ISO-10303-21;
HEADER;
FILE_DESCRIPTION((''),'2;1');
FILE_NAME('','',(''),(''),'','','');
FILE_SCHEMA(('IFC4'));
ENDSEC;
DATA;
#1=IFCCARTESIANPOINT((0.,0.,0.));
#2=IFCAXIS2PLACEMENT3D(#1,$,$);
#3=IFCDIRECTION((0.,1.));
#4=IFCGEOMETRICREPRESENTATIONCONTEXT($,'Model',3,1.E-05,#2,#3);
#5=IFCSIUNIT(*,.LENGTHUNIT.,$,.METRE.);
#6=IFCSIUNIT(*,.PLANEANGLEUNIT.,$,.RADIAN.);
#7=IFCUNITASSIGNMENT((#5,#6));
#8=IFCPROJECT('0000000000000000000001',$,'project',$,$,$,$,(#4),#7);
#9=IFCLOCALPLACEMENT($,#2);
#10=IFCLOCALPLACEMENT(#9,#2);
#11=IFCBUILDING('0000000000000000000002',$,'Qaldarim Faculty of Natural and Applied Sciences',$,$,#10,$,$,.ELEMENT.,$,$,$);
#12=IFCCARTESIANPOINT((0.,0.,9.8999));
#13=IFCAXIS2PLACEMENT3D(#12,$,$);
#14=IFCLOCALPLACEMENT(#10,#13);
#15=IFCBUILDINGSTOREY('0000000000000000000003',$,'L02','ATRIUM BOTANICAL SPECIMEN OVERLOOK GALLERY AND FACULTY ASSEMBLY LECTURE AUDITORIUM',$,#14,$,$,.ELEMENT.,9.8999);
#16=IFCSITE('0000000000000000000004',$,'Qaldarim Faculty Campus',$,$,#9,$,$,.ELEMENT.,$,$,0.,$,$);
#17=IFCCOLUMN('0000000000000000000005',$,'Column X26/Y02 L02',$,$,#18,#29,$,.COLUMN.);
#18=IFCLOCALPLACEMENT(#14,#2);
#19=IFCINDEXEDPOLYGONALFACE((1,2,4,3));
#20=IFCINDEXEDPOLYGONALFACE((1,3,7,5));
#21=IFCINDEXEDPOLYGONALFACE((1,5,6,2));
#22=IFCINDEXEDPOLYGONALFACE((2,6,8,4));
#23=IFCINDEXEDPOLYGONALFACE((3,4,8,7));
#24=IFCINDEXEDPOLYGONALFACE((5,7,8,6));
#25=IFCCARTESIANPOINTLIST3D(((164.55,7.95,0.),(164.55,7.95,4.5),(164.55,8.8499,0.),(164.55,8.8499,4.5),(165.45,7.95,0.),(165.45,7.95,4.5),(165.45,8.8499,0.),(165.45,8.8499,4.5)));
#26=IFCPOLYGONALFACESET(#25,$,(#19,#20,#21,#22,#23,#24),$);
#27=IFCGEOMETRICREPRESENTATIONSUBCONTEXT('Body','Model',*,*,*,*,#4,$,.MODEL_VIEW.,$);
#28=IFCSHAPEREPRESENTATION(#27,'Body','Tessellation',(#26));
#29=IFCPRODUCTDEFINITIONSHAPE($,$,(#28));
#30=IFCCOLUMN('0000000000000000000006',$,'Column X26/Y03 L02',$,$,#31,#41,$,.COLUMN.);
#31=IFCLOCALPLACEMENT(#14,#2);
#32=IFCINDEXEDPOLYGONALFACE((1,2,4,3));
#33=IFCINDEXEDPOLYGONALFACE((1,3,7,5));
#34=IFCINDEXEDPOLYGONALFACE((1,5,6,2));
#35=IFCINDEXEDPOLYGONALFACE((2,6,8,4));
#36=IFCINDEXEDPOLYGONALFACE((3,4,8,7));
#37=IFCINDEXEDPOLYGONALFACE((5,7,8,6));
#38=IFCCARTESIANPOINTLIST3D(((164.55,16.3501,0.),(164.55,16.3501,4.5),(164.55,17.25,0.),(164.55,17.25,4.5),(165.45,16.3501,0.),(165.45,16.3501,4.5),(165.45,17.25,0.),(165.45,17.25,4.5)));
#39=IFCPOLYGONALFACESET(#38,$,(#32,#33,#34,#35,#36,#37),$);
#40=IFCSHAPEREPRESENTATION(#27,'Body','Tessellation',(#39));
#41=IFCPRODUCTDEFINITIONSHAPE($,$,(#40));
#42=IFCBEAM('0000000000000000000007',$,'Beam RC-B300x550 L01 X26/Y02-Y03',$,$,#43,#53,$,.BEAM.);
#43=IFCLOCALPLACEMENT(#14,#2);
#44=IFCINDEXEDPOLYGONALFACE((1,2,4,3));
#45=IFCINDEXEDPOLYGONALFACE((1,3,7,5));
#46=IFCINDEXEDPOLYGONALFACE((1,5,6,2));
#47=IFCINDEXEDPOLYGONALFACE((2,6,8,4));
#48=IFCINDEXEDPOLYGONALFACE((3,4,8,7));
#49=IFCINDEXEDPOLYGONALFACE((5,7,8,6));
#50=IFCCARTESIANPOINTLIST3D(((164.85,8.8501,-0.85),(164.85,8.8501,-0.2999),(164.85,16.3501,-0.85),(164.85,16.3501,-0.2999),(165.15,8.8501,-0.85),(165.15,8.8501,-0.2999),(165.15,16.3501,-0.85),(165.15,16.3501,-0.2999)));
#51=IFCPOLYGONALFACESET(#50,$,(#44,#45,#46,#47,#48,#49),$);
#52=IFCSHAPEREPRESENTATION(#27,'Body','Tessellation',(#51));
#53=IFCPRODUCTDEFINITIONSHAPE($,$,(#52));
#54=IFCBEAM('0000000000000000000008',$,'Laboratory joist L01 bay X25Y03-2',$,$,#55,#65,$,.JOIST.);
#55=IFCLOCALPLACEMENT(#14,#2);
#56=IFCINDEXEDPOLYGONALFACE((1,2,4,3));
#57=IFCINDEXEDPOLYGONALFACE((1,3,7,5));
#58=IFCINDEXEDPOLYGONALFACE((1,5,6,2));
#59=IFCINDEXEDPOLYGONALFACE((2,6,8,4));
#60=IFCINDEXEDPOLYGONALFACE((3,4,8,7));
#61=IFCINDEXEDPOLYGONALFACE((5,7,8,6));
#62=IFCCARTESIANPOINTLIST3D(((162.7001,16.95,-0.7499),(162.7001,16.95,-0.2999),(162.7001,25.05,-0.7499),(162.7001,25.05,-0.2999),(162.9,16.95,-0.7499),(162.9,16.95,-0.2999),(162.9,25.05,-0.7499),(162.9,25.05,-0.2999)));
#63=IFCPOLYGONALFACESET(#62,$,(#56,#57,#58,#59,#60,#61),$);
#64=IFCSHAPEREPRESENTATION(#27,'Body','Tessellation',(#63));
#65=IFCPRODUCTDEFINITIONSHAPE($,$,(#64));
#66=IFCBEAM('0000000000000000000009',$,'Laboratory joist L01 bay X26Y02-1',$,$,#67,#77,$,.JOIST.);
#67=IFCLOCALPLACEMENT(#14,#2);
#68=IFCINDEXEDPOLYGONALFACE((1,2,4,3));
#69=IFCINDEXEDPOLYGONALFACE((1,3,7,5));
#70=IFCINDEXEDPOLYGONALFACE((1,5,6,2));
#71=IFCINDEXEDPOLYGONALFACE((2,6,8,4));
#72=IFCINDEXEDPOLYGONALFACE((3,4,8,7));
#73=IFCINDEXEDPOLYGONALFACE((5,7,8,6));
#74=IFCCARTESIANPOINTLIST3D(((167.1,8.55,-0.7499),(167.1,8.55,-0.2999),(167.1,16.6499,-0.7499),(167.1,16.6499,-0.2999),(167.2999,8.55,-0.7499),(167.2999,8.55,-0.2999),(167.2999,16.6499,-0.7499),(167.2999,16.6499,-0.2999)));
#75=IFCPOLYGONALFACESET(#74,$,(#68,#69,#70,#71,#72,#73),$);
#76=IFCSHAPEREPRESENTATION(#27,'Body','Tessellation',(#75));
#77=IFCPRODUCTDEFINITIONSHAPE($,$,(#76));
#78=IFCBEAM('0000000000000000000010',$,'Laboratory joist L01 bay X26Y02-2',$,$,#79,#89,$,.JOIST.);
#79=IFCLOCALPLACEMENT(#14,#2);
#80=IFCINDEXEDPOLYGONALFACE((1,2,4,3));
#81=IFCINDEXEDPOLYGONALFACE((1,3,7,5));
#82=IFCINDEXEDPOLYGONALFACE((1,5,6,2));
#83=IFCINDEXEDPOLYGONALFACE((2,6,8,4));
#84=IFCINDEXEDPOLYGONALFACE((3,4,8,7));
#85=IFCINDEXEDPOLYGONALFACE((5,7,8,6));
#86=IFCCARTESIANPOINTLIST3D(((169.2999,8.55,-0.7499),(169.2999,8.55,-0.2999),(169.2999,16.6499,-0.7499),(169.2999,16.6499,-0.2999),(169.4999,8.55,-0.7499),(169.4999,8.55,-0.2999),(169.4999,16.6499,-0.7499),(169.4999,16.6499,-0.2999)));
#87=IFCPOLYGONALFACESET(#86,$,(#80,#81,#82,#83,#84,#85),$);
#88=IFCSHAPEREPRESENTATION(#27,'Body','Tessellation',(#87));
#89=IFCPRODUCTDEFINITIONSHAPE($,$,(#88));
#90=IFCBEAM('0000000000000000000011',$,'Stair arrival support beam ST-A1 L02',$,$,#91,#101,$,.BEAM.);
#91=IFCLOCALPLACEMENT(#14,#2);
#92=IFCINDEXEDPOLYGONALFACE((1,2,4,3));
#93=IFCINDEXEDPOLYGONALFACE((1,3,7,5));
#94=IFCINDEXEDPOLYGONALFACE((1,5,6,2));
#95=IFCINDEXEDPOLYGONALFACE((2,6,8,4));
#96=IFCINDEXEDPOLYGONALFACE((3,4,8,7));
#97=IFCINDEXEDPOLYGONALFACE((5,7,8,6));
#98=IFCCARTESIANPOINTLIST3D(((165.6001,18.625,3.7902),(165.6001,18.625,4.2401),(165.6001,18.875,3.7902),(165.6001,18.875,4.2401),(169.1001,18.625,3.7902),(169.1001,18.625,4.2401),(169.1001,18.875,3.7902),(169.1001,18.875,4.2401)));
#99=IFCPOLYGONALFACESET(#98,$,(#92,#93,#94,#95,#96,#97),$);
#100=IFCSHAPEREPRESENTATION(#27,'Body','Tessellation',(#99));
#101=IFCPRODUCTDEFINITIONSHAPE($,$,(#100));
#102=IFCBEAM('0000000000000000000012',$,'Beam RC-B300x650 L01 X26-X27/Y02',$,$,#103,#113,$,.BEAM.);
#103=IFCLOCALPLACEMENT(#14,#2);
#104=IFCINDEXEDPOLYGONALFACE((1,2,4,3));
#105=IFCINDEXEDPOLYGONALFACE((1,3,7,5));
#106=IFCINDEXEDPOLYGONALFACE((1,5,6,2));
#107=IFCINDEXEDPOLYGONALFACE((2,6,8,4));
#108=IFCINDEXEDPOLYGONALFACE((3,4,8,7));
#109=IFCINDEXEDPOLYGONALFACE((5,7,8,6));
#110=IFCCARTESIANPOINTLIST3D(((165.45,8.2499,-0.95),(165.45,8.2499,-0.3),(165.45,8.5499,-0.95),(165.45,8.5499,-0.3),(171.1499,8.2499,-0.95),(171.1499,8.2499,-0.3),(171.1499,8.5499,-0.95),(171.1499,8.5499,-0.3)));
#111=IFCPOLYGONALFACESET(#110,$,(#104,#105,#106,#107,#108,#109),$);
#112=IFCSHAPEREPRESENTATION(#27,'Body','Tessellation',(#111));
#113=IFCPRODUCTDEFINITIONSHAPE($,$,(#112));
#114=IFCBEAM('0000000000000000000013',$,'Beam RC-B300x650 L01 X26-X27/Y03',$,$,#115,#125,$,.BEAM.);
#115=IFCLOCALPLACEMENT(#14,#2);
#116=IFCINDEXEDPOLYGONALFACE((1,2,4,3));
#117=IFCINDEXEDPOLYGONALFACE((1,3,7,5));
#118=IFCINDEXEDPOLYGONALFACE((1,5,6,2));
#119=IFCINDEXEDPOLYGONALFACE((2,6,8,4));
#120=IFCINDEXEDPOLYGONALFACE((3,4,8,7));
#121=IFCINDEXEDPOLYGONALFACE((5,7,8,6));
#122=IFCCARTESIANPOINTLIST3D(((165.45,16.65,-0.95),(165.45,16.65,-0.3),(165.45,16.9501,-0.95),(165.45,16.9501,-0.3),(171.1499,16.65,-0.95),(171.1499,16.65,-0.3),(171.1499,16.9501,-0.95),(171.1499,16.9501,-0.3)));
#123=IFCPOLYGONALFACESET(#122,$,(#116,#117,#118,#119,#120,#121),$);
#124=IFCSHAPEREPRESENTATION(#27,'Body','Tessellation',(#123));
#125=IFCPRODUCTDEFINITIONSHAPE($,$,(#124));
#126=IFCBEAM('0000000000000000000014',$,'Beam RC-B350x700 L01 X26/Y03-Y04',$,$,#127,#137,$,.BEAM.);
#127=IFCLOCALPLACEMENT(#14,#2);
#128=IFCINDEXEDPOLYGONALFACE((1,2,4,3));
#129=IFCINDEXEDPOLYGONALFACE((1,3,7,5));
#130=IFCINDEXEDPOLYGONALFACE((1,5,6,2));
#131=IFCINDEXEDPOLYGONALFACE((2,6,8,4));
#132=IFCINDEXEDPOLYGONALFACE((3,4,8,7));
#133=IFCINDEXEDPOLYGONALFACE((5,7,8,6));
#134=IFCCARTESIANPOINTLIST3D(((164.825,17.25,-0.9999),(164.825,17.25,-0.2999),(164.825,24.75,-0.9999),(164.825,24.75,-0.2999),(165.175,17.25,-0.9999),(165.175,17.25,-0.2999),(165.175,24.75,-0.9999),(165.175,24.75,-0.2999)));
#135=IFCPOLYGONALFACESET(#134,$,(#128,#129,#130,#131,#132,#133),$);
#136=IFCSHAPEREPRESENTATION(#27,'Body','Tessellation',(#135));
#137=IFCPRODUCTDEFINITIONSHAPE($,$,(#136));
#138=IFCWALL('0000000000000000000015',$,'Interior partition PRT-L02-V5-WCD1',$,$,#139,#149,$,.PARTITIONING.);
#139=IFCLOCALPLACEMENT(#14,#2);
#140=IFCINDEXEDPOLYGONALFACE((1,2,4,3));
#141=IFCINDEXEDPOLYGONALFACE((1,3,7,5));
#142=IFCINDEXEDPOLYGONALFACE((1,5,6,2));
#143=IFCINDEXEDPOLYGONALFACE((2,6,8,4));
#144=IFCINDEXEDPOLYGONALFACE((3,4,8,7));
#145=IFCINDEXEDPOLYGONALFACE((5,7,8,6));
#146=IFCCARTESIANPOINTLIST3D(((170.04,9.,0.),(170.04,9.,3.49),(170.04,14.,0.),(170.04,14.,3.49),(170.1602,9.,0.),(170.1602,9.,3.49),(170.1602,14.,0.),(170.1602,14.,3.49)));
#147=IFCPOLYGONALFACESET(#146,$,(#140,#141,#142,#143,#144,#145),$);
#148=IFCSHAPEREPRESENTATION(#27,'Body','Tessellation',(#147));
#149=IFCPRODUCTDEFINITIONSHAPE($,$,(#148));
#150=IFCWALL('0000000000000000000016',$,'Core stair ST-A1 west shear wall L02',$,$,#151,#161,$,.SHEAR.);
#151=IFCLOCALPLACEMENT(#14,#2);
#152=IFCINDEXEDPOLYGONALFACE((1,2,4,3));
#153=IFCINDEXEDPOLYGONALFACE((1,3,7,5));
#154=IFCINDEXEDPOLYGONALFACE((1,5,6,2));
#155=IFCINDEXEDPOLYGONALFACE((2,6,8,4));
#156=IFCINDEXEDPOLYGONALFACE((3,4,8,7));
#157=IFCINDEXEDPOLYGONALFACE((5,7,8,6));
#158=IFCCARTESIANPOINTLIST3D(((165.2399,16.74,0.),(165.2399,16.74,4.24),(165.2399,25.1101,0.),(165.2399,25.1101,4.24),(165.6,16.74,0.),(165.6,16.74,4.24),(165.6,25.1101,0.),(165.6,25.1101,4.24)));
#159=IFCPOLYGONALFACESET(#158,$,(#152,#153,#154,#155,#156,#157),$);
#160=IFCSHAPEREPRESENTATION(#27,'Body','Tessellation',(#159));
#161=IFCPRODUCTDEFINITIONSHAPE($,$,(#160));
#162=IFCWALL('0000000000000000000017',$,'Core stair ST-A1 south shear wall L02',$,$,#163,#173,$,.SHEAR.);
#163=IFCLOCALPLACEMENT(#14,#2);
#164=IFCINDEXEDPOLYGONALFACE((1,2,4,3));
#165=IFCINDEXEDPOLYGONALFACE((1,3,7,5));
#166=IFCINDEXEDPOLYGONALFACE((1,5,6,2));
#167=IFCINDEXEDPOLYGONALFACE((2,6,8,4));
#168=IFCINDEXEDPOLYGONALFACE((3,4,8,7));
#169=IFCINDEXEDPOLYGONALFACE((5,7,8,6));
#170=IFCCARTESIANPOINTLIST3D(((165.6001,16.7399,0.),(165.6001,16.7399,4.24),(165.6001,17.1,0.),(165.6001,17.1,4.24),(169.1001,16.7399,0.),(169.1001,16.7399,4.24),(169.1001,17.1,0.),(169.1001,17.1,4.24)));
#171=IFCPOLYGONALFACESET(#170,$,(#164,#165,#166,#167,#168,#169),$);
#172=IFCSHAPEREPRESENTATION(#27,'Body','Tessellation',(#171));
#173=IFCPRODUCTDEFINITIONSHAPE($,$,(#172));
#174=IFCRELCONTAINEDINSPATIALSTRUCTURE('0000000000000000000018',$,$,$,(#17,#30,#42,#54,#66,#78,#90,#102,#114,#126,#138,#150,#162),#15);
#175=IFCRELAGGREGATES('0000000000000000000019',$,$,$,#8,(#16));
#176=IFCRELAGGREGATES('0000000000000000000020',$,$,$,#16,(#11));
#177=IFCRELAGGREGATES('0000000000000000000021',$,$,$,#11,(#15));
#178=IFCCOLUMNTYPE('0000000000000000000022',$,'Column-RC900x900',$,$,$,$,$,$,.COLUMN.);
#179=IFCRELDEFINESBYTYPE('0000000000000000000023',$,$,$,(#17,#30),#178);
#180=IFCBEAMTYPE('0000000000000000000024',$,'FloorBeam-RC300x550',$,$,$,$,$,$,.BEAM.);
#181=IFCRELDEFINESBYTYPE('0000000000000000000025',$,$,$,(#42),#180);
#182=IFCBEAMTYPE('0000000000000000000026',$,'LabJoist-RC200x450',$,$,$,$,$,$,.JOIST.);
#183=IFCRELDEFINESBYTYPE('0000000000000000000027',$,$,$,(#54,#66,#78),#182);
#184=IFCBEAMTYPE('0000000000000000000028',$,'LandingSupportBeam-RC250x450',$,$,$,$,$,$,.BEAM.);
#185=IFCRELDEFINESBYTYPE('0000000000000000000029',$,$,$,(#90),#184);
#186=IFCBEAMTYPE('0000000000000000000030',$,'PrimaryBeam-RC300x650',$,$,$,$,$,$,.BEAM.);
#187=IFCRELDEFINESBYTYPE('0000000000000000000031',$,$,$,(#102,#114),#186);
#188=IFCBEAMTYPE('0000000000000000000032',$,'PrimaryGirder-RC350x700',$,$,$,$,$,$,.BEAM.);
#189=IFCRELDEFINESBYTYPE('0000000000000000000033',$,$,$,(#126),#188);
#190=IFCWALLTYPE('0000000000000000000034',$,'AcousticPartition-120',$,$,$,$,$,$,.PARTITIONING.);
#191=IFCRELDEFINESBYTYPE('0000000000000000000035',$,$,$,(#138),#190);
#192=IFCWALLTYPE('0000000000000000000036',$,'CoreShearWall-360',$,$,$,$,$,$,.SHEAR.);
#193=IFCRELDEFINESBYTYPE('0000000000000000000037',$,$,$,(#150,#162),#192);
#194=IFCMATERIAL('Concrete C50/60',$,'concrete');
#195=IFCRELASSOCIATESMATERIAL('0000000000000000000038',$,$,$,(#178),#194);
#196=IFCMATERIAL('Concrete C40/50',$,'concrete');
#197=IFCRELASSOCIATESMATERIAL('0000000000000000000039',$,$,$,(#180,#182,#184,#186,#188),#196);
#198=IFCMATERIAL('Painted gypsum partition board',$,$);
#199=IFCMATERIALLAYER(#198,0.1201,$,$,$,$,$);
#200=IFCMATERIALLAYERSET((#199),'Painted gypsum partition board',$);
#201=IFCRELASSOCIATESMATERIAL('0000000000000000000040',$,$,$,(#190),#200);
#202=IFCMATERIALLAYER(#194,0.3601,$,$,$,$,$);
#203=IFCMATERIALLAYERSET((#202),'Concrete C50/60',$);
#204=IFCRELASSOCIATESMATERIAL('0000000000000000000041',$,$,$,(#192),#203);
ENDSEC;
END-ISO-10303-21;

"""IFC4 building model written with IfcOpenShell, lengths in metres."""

from ifc_helpers import new_model, si_unit, direction, frame, frame_2d, origin, origin_2d, place, context, subcontext, project, spatial, rectangle, extrude, material, layer, layer_set, material_profile, profile_set, type_object, element, save


model = new_model("IFC4")

# Units and contexts
model_context = context("Model", 3, precision=1e-05, world=origin(), true_north=direction((0.0, 1.0)))
body_context = subcontext(model_context, "Body", "Model", "MODEL_VIEW")
ifc_project = project(units=[si_unit("LENGTHUNIT", "METRE"), si_unit("PLANEANGLEUNIT", "RADIAN")], contexts=[model_context])

# Site, building, storey
site_placement = place(None, origin())
site = spatial("IfcSite", under=ifc_project, at=site_placement, Name="Qaldarim Faculty Campus", CompositionType="ELEMENT", RefElevation=0.0)
building_placement = place(site_placement, origin())
building = spatial("IfcBuilding", under=site, at=building_placement, Name="Qaldarim Faculty of Natural and Applied Sciences", CompositionType="ELEMENT")
storey_placement = place(building_placement, frame((0.0, 0.0, 9.8999)))
storey = spatial("IfcBuildingStorey", under=building, at=storey_placement, Name="L02", Description="ATRIUM BOTANICAL SPECIMEN OVERLOOK GALLERY AND FACULTY ASSEMBLY LECTURE AUDITORIUM", CompositionType="ELEMENT", Elevation=9.8999)

# Columns
ifc_material_1 = material(Name="Concrete C50/60", Category="concrete")
ifc_material_profile_1 = material_profile(ifc_material_1, rectangle(XDim=0.8999, YDim=0.8999, at=origin_2d()), Name="RC-C900x900")
ifc_profile_set_1 = profile_set([ifc_material_profile_1], Name="Concrete C50/60")
column_type = type_object("IfcColumnType", Name="Column-RC900x900", PredefinedType="COLUMN", material=ifc_profile_set_1)
for number, where, z_axis, x_axis, name in (
    (1, (165.0, 8.3999, 0.0), (0.0, 0.0, 1.0), (1.0, 0.0, 0.0), "Column X26/Y02 L02"),
    (2, (165.0, 16.8, 0.0), (0.0, 0.0, 1.0), (1.0, 0.0, 0.0), "Column X26/Y03 L02"),
):
    element("IfcColumn", number, at=place(storey_placement, frame(where, z_axis=z_axis, x_axis=x_axis)), inside=storey, type_object=column_type, Name=name, PredefinedType="COLUMN", context=body_context, shape_type="SweptSolid", body=[
        extrude(rectangle(XDim=0.8999, YDim=0.8999, at=origin_2d()), origin(), (0.0, 0.0, 1.0), 4.5),
    ])

# Beams
ifc_material_2 = material(Name="Concrete C40/50", Category="concrete")
ifc_material_profile_2 = material_profile(ifc_material_2, rectangle(XDim=0.3, YDim=0.55, at=origin_2d()), Name="RC-B300x550")
ifc_profile_set_2 = profile_set([ifc_material_profile_2], Name="Concrete C40/50")
beam_type_1 = type_object("IfcBeamType", Name="FloorBeam-RC300x550", PredefinedType="BEAM", material=ifc_profile_set_2)
beam_1_placement = place(storey_placement, frame((165.0, 8.8501, -0.575), z_axis=(0.0, 1.0, 0.0), x_axis=(-1.0, 0.0, 0.0)))
element("IfcBeam", 3, at=beam_1_placement, inside=storey, type_object=beam_type_1, Name="Beam RC-B300x550 L01 X26/Y02-Y03", PredefinedType="BEAM", context=body_context, shape_type="SweptSolid", body=[
    extrude(rectangle(XDim=0.3, YDim=0.55, at=origin_2d()), origin(), (0.0, 0.0, 1.0), 7.5),
])
ifc_material_profile_3 = material_profile(ifc_material_2, rectangle(XDim=0.2, YDim=0.45, at=origin_2d()), Name="RC-J200x450")
ifc_profile_set_3 = profile_set([ifc_material_profile_3], Name="Concrete C40/50")
beam_type_2 = type_object("IfcBeamType", Name="LabJoist-RC200x450", PredefinedType="JOIST", material=ifc_profile_set_3)
beam_2_placement = place(storey_placement, frame((162.8, 16.95, -0.5249), z_axis=(0.0, 1.0, 0.0), x_axis=(-1.0, 0.0, 0.0)))
element("IfcBeam", 4, at=beam_2_placement, inside=storey, type_object=beam_type_2, Name="Laboratory joist L01 bay X25Y03-2", PredefinedType="JOIST", context=body_context, shape_type="SweptSolid", body=[
    extrude(rectangle(XDim=0.2, YDim=0.45, at=origin_2d()), origin(), (0.0, 0.0, 1.0), 8.1001),
])
for number, where, z_axis, x_axis, name in (
    (5, (167.2, 8.55, -0.5249), (0.0, 1.0, 0.0), (-1.0, 0.0, 0.0), "Laboratory joist L01 bay X26Y02-1"),
    (6, (169.3999, 8.55, -0.5249), (0.0, 1.0, 0.0), (-1.0, 0.0, 0.0), "Laboratory joist L01 bay X26Y02-2"),
):
    element("IfcBeam", number, at=place(storey_placement, frame(where, z_axis=z_axis, x_axis=x_axis)), inside=storey, type_object=beam_type_2, Name=name, PredefinedType="JOIST", context=body_context, shape_type="SweptSolid", body=[
        extrude(rectangle(XDim=0.2, YDim=0.45, at=origin_2d()), origin(), (0.0, 0.0, 1.0), 8.0999),
    ])
ifc_material_profile_4 = material_profile(ifc_material_2, rectangle(XDim=0.25, YDim=0.45, at=origin_2d()), Name="RC-LN250x450")
ifc_profile_set_4 = profile_set([ifc_material_profile_4], Name="Concrete C40/50")
beam_type_3 = type_object("IfcBeamType", Name="LandingSupportBeam-RC250x450", PredefinedType="BEAM", material=ifc_profile_set_4)
beam_3_placement = place(storey_placement, frame((165.6001, 18.75, 4.0151), z_axis=(1.0, 0.0, 0.0), x_axis=(0.0, 1.0, 0.0)))
element("IfcBeam", 7, at=beam_3_placement, inside=storey, type_object=beam_type_3, Name="Stair arrival support beam ST-A1 L02", PredefinedType="BEAM", context=body_context, shape_type="SweptSolid", body=[
    extrude(rectangle(XDim=0.25, YDim=0.45, at=origin_2d()), origin(), (0.0, 0.0, 1.0), 3.5),
])
ifc_material_profile_5 = material_profile(ifc_material_2, rectangle(XDim=0.3, YDim=0.6499, at=origin_2d()), Name="RC-B300x650")
ifc_profile_set_5 = profile_set([ifc_material_profile_5], Name="Concrete C40/50")
beam_type_4 = type_object("IfcBeamType", Name="PrimaryBeam-RC300x650", PredefinedType="BEAM", material=ifc_profile_set_5)
for number, where, z_axis, x_axis, name in (
    (8, (165.45, 8.3999, -0.625), (1.0, 0.0, 0.0), (0.0, 1.0, 0.0), "Beam RC-B300x650 L01 X26-X27/Y02"),
    (9, (165.45, 16.8, -0.625), (1.0, 0.0, 0.0), (0.0, 1.0, 0.0), "Beam RC-B300x650 L01 X26-X27/Y03"),
):
    element("IfcBeam", number, at=place(storey_placement, frame(where, z_axis=z_axis, x_axis=x_axis)), inside=storey, type_object=beam_type_4, Name=name, PredefinedType="BEAM", context=body_context, shape_type="SweptSolid", body=[
        extrude(rectangle(XDim=0.3, YDim=0.6499, at=origin_2d()), origin(), (0.0, 0.0, 1.0), 5.7),
    ])
ifc_material_profile_6 = material_profile(ifc_material_2, rectangle(XDim=0.3501, YDim=0.7, at=origin_2d()), Name="RC-B350x700")
ifc_profile_set_6 = profile_set([ifc_material_profile_6], Name="Concrete C40/50")
beam_type_5 = type_object("IfcBeamType", Name="PrimaryGirder-RC350x700", PredefinedType="BEAM", material=ifc_profile_set_6)
beam_4_placement = place(storey_placement, frame((165.0, 17.25, -0.6499), z_axis=(0.0, 1.0, 0.0), x_axis=(-1.0, 0.0, 0.0)))
element("IfcBeam", 10, at=beam_4_placement, inside=storey, type_object=beam_type_5, Name="Beam RC-B350x700 L01 X26/Y03-Y04", PredefinedType="BEAM", context=body_context, shape_type="SweptSolid", body=[
    extrude(rectangle(XDim=0.3501, YDim=0.7, at=origin_2d()), origin(), (0.0, 0.0, 1.0), 7.5),
])

# Walls
ifc_material_3 = material(Name="Painted gypsum partition board")
ifc_layer_1 = layer(ifc_material_3, 0.1201)
ifc_layer_set_1 = layer_set([ifc_layer_1], Name="Painted gypsum partition board")
wall_type_1 = type_object("IfcWallType", Name="AcousticPartition-120", PredefinedType="PARTITIONING", material=ifc_layer_set_1)
wall_1_placement = place(storey_placement, frame((170.1001, 9.0, 0.0), z_axis=(0.0, 0.0, 1.0), x_axis=(0.0, 1.0, 0.0)))
element("IfcWall", 11, at=wall_1_placement, inside=storey, type_object=wall_type_1, Name="Interior partition PRT-L02-V5-WCD1", PredefinedType="PARTITIONING", context=body_context, shape_type="SweptSolid", body=[
    extrude(rectangle(XDim=5.0, YDim=0.1201, at=frame_2d((2.5, 0.0))), origin(), (0.0, 0.0, 1.0), 3.49),
])
ifc_layer_2 = layer(ifc_material_1, 0.3601)
ifc_layer_set_2 = layer_set([ifc_layer_2], Name="Concrete C50/60")
wall_type_2 = type_object("IfcWallType", Name="CoreShearWall-360", PredefinedType="SHEAR", material=ifc_layer_set_2)
wall_2_placement = place(storey_placement, frame((165.4199, 16.74, 0.0), z_axis=(0.0, 0.0, 1.0), x_axis=(0.0, 1.0, 0.0)))
element("IfcWall", 12, at=wall_2_placement, inside=storey, type_object=wall_type_2, Name="Core stair ST-A1 west shear wall L02", PredefinedType="SHEAR", context=body_context, shape_type="SweptSolid", body=[
    extrude(rectangle(XDim=8.3701, YDim=0.3601, at=frame_2d((4.1851, 0.0))), origin(), (0.0, 0.0, 1.0), 4.24),
])

# Wall
wall_3_placement = place(storey_placement, frame((165.6001, 16.9199, 0.0), z_axis=(0.0, 0.0, 1.0), x_axis=(1.0, 0.0, 0.0)))
element("IfcWall", 13, at=wall_3_placement, inside=storey, type_object=wall_type_2, Name="Core stair ST-A1 south shear wall L02", PredefinedType="SHEAR", context=body_context, shape_type="SweptSolid", body=[
    extrude(rectangle(XDim=3.5, YDim=0.3601, at=frame_2d((1.75, 0.0))), origin(), (0.0, 0.0, 1.0), 4.24),
])

save(model, "model.ifc")
